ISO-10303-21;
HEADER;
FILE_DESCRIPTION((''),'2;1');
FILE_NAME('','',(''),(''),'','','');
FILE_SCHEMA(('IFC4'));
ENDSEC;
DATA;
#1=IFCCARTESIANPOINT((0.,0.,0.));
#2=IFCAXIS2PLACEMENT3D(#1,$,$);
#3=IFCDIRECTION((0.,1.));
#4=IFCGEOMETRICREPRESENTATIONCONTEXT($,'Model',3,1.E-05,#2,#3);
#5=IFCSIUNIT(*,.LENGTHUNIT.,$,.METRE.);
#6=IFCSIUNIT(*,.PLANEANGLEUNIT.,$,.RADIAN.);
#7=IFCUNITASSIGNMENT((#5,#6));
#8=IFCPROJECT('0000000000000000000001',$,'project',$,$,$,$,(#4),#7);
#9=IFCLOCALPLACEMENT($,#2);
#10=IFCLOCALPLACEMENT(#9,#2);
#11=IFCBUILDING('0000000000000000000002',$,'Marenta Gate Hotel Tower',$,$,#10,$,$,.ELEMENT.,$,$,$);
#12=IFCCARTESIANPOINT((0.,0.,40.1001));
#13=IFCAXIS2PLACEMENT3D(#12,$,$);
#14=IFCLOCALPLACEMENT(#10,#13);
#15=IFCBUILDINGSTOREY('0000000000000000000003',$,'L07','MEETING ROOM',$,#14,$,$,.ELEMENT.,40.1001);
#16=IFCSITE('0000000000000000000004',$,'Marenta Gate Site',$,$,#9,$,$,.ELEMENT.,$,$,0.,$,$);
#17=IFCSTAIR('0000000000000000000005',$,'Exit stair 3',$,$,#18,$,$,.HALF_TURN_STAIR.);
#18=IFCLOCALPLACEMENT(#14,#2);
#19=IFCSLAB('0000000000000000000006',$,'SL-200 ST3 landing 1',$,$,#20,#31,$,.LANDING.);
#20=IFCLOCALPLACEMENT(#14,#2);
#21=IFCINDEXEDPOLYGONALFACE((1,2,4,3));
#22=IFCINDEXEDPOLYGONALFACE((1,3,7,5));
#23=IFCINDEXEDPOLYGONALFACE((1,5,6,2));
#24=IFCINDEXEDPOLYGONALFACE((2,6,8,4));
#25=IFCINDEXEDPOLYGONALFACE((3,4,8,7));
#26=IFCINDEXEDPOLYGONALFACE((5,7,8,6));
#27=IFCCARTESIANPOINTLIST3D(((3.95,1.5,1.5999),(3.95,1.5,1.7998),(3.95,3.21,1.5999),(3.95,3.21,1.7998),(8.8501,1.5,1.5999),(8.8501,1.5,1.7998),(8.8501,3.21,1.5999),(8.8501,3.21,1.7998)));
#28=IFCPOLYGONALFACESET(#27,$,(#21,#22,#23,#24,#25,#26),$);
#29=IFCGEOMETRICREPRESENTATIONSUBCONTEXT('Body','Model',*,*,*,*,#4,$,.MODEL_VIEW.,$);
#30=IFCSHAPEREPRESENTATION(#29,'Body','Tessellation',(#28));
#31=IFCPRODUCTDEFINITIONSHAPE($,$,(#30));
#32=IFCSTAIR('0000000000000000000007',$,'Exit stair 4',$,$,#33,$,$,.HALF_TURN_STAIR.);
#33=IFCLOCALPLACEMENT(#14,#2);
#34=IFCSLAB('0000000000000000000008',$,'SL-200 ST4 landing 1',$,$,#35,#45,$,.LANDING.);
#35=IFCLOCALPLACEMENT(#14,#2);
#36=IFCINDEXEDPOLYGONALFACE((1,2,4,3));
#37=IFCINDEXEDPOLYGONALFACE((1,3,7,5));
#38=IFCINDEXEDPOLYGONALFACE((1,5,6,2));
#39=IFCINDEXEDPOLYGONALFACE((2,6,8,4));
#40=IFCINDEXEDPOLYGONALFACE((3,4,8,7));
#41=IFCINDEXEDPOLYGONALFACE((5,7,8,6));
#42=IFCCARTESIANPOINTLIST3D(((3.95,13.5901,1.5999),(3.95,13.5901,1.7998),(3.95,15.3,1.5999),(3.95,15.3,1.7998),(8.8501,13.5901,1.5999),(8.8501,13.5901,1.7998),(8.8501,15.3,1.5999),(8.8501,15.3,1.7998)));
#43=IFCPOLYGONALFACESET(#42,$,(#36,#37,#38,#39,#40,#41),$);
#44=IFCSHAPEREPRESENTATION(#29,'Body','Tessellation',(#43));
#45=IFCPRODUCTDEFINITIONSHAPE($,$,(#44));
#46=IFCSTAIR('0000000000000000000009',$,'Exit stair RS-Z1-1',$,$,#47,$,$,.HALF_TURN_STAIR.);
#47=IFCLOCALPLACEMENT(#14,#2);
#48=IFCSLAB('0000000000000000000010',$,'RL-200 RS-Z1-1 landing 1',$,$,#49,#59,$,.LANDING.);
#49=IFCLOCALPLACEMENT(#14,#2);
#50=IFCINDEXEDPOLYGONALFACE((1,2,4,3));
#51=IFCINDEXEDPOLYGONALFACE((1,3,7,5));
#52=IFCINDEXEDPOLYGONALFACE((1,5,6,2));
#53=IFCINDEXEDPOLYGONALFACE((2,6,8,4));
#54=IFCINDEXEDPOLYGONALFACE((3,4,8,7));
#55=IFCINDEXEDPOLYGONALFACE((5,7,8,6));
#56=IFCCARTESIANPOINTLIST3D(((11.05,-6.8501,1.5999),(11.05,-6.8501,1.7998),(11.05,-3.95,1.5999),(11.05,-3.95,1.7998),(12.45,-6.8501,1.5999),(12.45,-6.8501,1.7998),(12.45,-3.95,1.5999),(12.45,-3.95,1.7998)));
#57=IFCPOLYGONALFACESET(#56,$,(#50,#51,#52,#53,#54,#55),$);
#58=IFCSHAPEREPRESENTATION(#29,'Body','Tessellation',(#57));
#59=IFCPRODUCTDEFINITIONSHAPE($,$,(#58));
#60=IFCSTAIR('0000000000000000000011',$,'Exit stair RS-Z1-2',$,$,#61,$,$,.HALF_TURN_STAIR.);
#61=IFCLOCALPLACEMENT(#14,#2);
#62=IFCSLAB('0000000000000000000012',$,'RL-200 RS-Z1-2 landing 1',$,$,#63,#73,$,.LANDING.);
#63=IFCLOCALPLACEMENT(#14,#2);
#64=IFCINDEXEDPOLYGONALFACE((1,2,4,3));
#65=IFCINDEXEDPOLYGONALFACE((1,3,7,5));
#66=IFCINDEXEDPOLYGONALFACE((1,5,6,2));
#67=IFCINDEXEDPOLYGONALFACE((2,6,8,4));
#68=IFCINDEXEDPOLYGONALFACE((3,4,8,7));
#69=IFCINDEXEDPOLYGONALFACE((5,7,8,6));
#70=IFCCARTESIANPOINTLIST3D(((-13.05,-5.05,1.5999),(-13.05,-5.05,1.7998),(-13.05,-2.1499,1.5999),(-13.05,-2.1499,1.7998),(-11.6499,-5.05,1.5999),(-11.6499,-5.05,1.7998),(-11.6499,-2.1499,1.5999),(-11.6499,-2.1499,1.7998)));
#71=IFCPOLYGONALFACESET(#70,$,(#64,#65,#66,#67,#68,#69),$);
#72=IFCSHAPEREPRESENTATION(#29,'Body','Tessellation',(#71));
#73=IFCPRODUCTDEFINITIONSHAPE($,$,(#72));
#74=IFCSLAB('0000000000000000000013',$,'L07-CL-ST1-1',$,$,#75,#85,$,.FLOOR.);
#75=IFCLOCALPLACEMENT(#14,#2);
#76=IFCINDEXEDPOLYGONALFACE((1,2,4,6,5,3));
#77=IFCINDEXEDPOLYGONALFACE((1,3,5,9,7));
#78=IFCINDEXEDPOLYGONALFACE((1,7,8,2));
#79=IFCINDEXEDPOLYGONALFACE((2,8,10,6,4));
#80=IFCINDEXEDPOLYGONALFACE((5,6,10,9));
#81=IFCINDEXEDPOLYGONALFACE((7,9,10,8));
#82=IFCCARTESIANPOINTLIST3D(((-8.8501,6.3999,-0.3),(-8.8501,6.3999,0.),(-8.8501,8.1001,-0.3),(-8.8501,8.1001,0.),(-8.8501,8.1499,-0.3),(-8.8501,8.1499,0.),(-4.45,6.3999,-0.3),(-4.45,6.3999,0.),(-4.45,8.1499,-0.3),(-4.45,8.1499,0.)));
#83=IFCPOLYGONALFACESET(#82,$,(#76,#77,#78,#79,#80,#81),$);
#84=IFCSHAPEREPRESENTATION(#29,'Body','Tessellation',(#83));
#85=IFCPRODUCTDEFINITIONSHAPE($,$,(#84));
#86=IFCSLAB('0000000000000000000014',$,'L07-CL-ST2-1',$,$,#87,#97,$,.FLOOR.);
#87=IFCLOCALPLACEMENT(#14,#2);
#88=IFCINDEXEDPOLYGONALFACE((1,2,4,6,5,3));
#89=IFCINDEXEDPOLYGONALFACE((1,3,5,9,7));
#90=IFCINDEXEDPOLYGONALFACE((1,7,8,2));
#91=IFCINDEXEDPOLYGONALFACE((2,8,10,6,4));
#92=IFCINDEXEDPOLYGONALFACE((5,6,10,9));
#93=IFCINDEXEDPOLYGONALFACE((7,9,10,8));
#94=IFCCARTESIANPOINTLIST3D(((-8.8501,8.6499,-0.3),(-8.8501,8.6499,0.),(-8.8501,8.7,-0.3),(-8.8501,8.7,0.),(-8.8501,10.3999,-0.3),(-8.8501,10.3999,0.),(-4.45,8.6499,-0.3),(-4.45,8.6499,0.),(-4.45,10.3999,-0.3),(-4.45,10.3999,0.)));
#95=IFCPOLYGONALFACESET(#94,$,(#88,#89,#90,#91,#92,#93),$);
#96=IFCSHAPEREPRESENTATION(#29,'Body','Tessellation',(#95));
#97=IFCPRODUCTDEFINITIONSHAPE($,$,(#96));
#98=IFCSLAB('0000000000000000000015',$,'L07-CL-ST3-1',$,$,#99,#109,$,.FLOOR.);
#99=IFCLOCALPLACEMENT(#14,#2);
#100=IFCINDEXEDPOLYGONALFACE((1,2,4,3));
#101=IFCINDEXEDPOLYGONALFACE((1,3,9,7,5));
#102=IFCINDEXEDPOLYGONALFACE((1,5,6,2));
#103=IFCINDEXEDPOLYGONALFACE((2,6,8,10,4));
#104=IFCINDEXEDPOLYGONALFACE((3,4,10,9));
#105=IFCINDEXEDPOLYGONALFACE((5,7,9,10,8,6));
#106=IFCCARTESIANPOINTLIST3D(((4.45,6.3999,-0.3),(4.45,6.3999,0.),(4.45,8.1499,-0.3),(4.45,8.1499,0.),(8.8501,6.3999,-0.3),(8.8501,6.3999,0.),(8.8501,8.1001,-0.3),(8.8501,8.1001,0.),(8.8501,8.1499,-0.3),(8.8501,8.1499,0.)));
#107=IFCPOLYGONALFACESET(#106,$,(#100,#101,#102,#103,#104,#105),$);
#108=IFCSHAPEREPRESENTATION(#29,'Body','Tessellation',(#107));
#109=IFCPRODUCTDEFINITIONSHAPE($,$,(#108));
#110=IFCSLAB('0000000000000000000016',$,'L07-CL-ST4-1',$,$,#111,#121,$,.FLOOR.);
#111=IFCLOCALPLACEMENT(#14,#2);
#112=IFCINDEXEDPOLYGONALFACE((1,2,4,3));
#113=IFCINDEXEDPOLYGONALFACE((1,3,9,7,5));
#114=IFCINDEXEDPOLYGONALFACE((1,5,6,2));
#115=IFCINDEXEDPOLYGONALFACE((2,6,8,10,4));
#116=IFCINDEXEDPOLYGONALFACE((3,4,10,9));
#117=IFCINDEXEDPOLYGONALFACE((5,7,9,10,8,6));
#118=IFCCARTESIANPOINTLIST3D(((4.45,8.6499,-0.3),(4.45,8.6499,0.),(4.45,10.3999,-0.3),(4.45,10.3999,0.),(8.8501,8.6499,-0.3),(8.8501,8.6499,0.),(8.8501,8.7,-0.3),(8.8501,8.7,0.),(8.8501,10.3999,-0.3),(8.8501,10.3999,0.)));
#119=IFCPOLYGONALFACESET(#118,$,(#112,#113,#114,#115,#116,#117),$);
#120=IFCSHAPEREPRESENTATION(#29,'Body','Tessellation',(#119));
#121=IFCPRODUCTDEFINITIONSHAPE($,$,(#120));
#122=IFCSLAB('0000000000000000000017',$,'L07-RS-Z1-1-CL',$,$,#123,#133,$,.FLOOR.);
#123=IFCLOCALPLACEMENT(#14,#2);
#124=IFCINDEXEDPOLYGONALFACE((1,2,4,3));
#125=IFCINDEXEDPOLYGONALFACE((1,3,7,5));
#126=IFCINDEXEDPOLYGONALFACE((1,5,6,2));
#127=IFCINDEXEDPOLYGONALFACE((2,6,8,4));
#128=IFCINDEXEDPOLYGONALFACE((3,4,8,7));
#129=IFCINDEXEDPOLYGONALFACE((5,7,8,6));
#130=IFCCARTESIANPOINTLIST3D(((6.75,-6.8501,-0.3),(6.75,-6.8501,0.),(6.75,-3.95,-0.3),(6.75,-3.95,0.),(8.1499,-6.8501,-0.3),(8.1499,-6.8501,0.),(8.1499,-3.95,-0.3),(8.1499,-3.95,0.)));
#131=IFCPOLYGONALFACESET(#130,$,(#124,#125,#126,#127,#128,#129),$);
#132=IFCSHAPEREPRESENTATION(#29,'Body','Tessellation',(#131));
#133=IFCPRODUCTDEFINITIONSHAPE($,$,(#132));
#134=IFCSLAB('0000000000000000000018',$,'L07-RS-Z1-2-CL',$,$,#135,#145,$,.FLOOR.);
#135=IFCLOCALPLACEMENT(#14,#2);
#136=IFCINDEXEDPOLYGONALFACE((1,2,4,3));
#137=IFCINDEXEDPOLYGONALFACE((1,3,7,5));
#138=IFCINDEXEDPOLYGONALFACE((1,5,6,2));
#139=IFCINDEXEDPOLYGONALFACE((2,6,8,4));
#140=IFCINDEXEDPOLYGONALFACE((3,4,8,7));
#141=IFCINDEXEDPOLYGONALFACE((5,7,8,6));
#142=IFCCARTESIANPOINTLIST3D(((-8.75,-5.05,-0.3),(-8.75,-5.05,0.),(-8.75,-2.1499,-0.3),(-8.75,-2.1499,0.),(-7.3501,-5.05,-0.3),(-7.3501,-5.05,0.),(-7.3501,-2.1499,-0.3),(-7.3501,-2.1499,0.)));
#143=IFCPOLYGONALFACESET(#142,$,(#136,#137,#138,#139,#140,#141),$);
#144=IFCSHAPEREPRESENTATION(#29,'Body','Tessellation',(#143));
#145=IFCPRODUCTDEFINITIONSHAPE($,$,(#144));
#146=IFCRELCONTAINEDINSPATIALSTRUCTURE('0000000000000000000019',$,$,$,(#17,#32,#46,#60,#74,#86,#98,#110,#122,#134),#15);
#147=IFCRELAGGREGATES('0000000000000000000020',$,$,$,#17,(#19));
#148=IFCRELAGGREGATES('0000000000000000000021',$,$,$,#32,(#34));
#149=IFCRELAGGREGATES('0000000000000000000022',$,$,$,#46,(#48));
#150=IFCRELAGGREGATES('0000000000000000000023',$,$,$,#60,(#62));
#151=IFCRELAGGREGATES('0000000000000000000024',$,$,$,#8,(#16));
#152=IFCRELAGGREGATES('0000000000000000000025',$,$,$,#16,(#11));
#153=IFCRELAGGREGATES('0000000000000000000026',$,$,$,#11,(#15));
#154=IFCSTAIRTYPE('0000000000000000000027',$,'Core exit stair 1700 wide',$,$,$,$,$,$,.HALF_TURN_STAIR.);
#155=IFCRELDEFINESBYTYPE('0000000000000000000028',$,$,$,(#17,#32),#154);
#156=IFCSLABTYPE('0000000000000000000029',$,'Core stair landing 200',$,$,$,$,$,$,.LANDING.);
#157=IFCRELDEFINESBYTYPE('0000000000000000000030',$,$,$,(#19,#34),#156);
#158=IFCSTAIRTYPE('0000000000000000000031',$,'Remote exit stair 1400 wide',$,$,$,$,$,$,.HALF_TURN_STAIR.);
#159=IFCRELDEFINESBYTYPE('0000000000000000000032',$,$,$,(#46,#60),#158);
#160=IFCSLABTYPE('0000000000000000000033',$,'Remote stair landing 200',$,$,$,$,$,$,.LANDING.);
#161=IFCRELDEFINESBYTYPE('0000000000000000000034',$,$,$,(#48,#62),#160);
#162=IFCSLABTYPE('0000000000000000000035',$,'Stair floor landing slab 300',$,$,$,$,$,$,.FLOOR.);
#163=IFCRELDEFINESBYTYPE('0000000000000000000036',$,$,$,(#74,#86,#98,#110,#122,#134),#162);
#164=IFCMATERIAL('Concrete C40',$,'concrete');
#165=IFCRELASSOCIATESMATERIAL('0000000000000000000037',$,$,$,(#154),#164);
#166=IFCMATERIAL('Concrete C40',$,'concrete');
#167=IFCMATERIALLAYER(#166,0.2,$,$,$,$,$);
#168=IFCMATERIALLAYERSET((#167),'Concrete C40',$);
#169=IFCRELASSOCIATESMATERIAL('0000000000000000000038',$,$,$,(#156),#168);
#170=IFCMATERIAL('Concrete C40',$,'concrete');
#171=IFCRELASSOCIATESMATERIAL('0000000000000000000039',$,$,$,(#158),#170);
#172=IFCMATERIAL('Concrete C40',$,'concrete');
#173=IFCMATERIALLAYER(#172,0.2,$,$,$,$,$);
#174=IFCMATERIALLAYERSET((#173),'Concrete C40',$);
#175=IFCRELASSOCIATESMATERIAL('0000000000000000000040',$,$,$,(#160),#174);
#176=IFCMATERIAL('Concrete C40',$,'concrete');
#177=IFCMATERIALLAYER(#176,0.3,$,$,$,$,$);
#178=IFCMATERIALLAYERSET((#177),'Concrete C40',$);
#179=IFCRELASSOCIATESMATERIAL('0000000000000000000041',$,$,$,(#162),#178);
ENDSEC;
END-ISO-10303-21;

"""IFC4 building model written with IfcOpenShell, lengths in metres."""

from ifc_helpers import new_model, si_unit, direction, frame, origin, place, context, subcontext, project, spatial, polyline, outline, extrude, material, layer, layer_set, type_object, element, aggregate, save


model = new_model("IFC4")

# Units and contexts
model_context = context("Model", 3, precision=1e-05, world=origin(), true_north=direction((0.0, 1.0)))
body_context = subcontext(model_context, "Body", "Model", "MODEL_VIEW")
ifc_project = project(units=[si_unit("LENGTHUNIT", "METRE"), si_unit("PLANEANGLEUNIT", "RADIAN")], contexts=[model_context])

# Site, building, storey
site_placement = place(None, origin())
site = spatial("IfcSite", under=ifc_project, at=site_placement, Name="Marenta Gate Site", CompositionType="ELEMENT", RefElevation=0.0)
building_placement = place(site_placement, origin())
building = spatial("IfcBuilding", under=site, at=building_placement, Name="Marenta Gate Hotel Tower", CompositionType="ELEMENT")
storey_placement = place(building_placement, frame((0.0, 0.0, 40.1001)))
storey = spatial("IfcBuildingStorey", under=building, at=storey_placement, Name="L07", Description="MEETING ROOM", CompositionType="ELEMENT", Elevation=40.1001)

# Stairs, slabs
ifc_material_1 = material(Name="Concrete C40", Category="concrete")
stair_type_1 = type_object("IfcStairType", Name="Core exit stair 1700 wide", PredefinedType="HALF_TURN_STAIR", material=ifc_material_1)
ifc_material_2 = material(Name="Concrete C40", Category="concrete")
ifc_layer_1 = layer(ifc_material_2, 0.2)
ifc_layer_set_1 = layer_set([ifc_layer_1], Name="Concrete C40")
slab_type_1 = type_object("IfcSlabType", Name="Core stair landing 200", PredefinedType="LANDING", material=ifc_layer_set_1)
stair_1_placement = place(storey_placement, origin())
stair_1 = element("IfcStair", 1, at=stair_1_placement, inside=storey, type_object=stair_type_1, Name="Exit stair 3", PredefinedType="HALF_TURN_STAIR")
slab_1_placement = place(storey_placement, frame((0.0, 0.0, 1.5999)))
slab_1 = element("IfcSlab", 2, at=slab_1_placement, type_object=slab_type_1, Name="SL-200 ST3 landing 1", PredefinedType="LANDING", context=body_context, shape_type="SweptSolid", body=[
    extrude(outline(polyline([(3.95, 1.5), (8.8501, 1.5), (8.8501, 3.21), (3.95, 3.21), (3.95, 1.5)])), origin(), (0.0, 0.0, 1.0), 0.2),
])
aggregate(stair_1, [slab_1])
stair_2_placement = place(storey_placement, origin())
stair_2 = element("IfcStair", 3, at=stair_2_placement, inside=storey, type_object=stair_type_1, Name="Exit stair 4", PredefinedType="HALF_TURN_STAIR")
slab_2_placement = place(storey_placement, frame((0.0, 0.0, 1.5999)))
slab_2 = element("IfcSlab", 4, at=slab_2_placement, type_object=slab_type_1, Name="SL-200 ST4 landing 1", PredefinedType="LANDING", context=body_context, shape_type="SweptSolid", body=[
    extrude(outline(polyline([(3.95, 13.5901), (8.8501, 13.5901), (8.8501, 15.3), (3.95, 15.3), (3.95, 13.5901)])), origin(), (0.0, 0.0, 1.0), 0.2),
])
aggregate(stair_2, [slab_2])
ifc_material_3 = material(Name="Concrete C40", Category="concrete")
stair_type_2 = type_object("IfcStairType", Name="Remote exit stair 1400 wide", PredefinedType="HALF_TURN_STAIR", material=ifc_material_3)
stair_3_placement = place(storey_placement, origin())
stair_3 = element("IfcStair", 5, at=stair_3_placement, inside=storey, type_object=stair_type_2, Name="Exit stair RS-Z1-1", PredefinedType="HALF_TURN_STAIR")
ifc_material_4 = material(Name="Concrete C40", Category="concrete")
ifc_layer_2 = layer(ifc_material_4, 0.2)
ifc_layer_set_2 = layer_set([ifc_layer_2], Name="Concrete C40")
slab_type_2 = type_object("IfcSlabType", Name="Remote stair landing 200", PredefinedType="LANDING", material=ifc_layer_set_2)
slab_3_placement = place(storey_placement, frame((0.0, 0.0, 1.5999)))
slab_3 = element("IfcSlab", 6, at=slab_3_placement, type_object=slab_type_2, Name="RL-200 RS-Z1-1 landing 1", PredefinedType="LANDING", context=body_context, shape_type="SweptSolid", body=[
    extrude(outline(polyline([(11.05, -6.8501), (12.45, -6.8501), (12.45, -3.95), (11.05, -3.95), (11.05, -6.8501)])), origin(), (0.0, 0.0, 1.0), 0.2),
])
aggregate(stair_3, [slab_3])
stair_4_placement = place(storey_placement, origin())
stair_4 = element("IfcStair", 7, at=stair_4_placement, inside=storey, type_object=stair_type_2, Name="Exit stair RS-Z1-2", PredefinedType="HALF_TURN_STAIR")
slab_4_placement = place(storey_placement, frame((0.0, 0.0, 1.5999)))
slab_4 = element("IfcSlab", 8, at=slab_4_placement, type_object=slab_type_2, Name="RL-200 RS-Z1-2 landing 1", PredefinedType="LANDING", context=body_context, shape_type="SweptSolid", body=[
    extrude(outline(polyline([(-13.05, -5.05), (-11.6499, -5.05), (-11.6499, -2.1499), (-13.05, -2.1499), (-13.05, -5.05)])), origin(), (0.0, 0.0, 1.0), 0.2),
])
aggregate(stair_4, [slab_4])

# Slabs
ifc_material_5 = material(Name="Concrete C40", Category="concrete")
ifc_layer_3 = layer(ifc_material_5, 0.3)
ifc_layer_set_3 = layer_set([ifc_layer_3], Name="Concrete C40")
slab_type_3 = type_object("IfcSlabType", Name="Stair floor landing slab 300", PredefinedType="FLOOR", material=ifc_layer_set_3)
slab_5_placement = place(storey_placement, frame((0.0, 0.0, -0.3)))
element("IfcSlab", 9, at=slab_5_placement, inside=storey, type_object=slab_type_3, Name="L07-CL-ST1-1", PredefinedType="FLOOR", context=body_context, shape_type="SweptSolid", body=[
    extrude(outline(polyline([(-4.45, 6.3999), (-8.8501, 6.3999), (-8.8501, 8.1001), (-8.8501, 8.1499), (-4.45, 8.1499), (-4.45, 6.3999)])), origin(), (0.0, 0.0, 1.0), 0.3),
])
slab_6_placement = place(storey_placement, frame((0.0, 0.0, -0.3)))
element("IfcSlab", 10, at=slab_6_placement, inside=storey, type_object=slab_type_3, Name="L07-CL-ST2-1", PredefinedType="FLOOR", context=body_context, shape_type="SweptSolid", body=[
    extrude(outline(polyline([(-4.45, 8.6499), (-8.8501, 8.6499), (-8.8501, 8.7), (-8.8501, 10.3999), (-4.45, 10.3999), (-4.45, 8.6499)])), origin(), (0.0, 0.0, 1.0), 0.3),
])
slab_7_placement = place(storey_placement, frame((0.0, 0.0, -0.3)))
element("IfcSlab", 11, at=slab_7_placement, inside=storey, type_object=slab_type_3, Name="L07-CL-ST3-1", PredefinedType="FLOOR", context=body_context, shape_type="SweptSolid", body=[
    extrude(outline(polyline([(4.45, 6.3999), (4.45, 8.1499), (8.8501, 8.1499), (8.8501, 8.1001), (8.8501, 6.3999), (4.45, 6.3999)])), origin(), (0.0, 0.0, 1.0), 0.3),
])
slab_8_placement = place(storey_placement, frame((0.0, 0.0, -0.3)))
element("IfcSlab", 12, at=slab_8_placement, inside=storey, type_object=slab_type_3, Name="L07-CL-ST4-1", PredefinedType="FLOOR", context=body_context, shape_type="SweptSolid", body=[
    extrude(outline(polyline([(4.45, 8.6499), (4.45, 10.3999), (8.8501, 10.3999), (8.8501, 8.7), (8.8501, 8.6499), (4.45, 8.6499)])), origin(), (0.0, 0.0, 1.0), 0.3),
])
slab_9_placement = place(storey_placement, frame((0.0, 0.0, -0.3)))
element("IfcSlab", 13, at=slab_9_placement, inside=storey, type_object=slab_type_3, Name="L07-RS-Z1-1-CL", PredefinedType="FLOOR", context=body_context, shape_type="SweptSolid", body=[
    extrude(outline(polyline([(8.1499, -6.8501), (8.1499, -3.95), (6.75, -3.95), (6.75, -6.8501), (8.1499, -6.8501)])), origin(), (0.0, 0.0, 1.0), 0.3),
])
slab_10_placement = place(storey_placement, frame((0.0, 0.0, -0.3)))
element("IfcSlab", 14, at=slab_10_placement, inside=storey, type_object=slab_type_3, Name="L07-RS-Z1-2-CL", PredefinedType="FLOOR", context=body_context, shape_type="SweptSolid", body=[
    extrude(outline(polyline([(-7.3501, -5.05), (-7.3501, -2.1499), (-8.75, -2.1499), (-8.75, -5.05), (-7.3501, -5.05)])), origin(), (0.0, 0.0, 1.0), 0.3),
])

save(model, "model.ifc")
